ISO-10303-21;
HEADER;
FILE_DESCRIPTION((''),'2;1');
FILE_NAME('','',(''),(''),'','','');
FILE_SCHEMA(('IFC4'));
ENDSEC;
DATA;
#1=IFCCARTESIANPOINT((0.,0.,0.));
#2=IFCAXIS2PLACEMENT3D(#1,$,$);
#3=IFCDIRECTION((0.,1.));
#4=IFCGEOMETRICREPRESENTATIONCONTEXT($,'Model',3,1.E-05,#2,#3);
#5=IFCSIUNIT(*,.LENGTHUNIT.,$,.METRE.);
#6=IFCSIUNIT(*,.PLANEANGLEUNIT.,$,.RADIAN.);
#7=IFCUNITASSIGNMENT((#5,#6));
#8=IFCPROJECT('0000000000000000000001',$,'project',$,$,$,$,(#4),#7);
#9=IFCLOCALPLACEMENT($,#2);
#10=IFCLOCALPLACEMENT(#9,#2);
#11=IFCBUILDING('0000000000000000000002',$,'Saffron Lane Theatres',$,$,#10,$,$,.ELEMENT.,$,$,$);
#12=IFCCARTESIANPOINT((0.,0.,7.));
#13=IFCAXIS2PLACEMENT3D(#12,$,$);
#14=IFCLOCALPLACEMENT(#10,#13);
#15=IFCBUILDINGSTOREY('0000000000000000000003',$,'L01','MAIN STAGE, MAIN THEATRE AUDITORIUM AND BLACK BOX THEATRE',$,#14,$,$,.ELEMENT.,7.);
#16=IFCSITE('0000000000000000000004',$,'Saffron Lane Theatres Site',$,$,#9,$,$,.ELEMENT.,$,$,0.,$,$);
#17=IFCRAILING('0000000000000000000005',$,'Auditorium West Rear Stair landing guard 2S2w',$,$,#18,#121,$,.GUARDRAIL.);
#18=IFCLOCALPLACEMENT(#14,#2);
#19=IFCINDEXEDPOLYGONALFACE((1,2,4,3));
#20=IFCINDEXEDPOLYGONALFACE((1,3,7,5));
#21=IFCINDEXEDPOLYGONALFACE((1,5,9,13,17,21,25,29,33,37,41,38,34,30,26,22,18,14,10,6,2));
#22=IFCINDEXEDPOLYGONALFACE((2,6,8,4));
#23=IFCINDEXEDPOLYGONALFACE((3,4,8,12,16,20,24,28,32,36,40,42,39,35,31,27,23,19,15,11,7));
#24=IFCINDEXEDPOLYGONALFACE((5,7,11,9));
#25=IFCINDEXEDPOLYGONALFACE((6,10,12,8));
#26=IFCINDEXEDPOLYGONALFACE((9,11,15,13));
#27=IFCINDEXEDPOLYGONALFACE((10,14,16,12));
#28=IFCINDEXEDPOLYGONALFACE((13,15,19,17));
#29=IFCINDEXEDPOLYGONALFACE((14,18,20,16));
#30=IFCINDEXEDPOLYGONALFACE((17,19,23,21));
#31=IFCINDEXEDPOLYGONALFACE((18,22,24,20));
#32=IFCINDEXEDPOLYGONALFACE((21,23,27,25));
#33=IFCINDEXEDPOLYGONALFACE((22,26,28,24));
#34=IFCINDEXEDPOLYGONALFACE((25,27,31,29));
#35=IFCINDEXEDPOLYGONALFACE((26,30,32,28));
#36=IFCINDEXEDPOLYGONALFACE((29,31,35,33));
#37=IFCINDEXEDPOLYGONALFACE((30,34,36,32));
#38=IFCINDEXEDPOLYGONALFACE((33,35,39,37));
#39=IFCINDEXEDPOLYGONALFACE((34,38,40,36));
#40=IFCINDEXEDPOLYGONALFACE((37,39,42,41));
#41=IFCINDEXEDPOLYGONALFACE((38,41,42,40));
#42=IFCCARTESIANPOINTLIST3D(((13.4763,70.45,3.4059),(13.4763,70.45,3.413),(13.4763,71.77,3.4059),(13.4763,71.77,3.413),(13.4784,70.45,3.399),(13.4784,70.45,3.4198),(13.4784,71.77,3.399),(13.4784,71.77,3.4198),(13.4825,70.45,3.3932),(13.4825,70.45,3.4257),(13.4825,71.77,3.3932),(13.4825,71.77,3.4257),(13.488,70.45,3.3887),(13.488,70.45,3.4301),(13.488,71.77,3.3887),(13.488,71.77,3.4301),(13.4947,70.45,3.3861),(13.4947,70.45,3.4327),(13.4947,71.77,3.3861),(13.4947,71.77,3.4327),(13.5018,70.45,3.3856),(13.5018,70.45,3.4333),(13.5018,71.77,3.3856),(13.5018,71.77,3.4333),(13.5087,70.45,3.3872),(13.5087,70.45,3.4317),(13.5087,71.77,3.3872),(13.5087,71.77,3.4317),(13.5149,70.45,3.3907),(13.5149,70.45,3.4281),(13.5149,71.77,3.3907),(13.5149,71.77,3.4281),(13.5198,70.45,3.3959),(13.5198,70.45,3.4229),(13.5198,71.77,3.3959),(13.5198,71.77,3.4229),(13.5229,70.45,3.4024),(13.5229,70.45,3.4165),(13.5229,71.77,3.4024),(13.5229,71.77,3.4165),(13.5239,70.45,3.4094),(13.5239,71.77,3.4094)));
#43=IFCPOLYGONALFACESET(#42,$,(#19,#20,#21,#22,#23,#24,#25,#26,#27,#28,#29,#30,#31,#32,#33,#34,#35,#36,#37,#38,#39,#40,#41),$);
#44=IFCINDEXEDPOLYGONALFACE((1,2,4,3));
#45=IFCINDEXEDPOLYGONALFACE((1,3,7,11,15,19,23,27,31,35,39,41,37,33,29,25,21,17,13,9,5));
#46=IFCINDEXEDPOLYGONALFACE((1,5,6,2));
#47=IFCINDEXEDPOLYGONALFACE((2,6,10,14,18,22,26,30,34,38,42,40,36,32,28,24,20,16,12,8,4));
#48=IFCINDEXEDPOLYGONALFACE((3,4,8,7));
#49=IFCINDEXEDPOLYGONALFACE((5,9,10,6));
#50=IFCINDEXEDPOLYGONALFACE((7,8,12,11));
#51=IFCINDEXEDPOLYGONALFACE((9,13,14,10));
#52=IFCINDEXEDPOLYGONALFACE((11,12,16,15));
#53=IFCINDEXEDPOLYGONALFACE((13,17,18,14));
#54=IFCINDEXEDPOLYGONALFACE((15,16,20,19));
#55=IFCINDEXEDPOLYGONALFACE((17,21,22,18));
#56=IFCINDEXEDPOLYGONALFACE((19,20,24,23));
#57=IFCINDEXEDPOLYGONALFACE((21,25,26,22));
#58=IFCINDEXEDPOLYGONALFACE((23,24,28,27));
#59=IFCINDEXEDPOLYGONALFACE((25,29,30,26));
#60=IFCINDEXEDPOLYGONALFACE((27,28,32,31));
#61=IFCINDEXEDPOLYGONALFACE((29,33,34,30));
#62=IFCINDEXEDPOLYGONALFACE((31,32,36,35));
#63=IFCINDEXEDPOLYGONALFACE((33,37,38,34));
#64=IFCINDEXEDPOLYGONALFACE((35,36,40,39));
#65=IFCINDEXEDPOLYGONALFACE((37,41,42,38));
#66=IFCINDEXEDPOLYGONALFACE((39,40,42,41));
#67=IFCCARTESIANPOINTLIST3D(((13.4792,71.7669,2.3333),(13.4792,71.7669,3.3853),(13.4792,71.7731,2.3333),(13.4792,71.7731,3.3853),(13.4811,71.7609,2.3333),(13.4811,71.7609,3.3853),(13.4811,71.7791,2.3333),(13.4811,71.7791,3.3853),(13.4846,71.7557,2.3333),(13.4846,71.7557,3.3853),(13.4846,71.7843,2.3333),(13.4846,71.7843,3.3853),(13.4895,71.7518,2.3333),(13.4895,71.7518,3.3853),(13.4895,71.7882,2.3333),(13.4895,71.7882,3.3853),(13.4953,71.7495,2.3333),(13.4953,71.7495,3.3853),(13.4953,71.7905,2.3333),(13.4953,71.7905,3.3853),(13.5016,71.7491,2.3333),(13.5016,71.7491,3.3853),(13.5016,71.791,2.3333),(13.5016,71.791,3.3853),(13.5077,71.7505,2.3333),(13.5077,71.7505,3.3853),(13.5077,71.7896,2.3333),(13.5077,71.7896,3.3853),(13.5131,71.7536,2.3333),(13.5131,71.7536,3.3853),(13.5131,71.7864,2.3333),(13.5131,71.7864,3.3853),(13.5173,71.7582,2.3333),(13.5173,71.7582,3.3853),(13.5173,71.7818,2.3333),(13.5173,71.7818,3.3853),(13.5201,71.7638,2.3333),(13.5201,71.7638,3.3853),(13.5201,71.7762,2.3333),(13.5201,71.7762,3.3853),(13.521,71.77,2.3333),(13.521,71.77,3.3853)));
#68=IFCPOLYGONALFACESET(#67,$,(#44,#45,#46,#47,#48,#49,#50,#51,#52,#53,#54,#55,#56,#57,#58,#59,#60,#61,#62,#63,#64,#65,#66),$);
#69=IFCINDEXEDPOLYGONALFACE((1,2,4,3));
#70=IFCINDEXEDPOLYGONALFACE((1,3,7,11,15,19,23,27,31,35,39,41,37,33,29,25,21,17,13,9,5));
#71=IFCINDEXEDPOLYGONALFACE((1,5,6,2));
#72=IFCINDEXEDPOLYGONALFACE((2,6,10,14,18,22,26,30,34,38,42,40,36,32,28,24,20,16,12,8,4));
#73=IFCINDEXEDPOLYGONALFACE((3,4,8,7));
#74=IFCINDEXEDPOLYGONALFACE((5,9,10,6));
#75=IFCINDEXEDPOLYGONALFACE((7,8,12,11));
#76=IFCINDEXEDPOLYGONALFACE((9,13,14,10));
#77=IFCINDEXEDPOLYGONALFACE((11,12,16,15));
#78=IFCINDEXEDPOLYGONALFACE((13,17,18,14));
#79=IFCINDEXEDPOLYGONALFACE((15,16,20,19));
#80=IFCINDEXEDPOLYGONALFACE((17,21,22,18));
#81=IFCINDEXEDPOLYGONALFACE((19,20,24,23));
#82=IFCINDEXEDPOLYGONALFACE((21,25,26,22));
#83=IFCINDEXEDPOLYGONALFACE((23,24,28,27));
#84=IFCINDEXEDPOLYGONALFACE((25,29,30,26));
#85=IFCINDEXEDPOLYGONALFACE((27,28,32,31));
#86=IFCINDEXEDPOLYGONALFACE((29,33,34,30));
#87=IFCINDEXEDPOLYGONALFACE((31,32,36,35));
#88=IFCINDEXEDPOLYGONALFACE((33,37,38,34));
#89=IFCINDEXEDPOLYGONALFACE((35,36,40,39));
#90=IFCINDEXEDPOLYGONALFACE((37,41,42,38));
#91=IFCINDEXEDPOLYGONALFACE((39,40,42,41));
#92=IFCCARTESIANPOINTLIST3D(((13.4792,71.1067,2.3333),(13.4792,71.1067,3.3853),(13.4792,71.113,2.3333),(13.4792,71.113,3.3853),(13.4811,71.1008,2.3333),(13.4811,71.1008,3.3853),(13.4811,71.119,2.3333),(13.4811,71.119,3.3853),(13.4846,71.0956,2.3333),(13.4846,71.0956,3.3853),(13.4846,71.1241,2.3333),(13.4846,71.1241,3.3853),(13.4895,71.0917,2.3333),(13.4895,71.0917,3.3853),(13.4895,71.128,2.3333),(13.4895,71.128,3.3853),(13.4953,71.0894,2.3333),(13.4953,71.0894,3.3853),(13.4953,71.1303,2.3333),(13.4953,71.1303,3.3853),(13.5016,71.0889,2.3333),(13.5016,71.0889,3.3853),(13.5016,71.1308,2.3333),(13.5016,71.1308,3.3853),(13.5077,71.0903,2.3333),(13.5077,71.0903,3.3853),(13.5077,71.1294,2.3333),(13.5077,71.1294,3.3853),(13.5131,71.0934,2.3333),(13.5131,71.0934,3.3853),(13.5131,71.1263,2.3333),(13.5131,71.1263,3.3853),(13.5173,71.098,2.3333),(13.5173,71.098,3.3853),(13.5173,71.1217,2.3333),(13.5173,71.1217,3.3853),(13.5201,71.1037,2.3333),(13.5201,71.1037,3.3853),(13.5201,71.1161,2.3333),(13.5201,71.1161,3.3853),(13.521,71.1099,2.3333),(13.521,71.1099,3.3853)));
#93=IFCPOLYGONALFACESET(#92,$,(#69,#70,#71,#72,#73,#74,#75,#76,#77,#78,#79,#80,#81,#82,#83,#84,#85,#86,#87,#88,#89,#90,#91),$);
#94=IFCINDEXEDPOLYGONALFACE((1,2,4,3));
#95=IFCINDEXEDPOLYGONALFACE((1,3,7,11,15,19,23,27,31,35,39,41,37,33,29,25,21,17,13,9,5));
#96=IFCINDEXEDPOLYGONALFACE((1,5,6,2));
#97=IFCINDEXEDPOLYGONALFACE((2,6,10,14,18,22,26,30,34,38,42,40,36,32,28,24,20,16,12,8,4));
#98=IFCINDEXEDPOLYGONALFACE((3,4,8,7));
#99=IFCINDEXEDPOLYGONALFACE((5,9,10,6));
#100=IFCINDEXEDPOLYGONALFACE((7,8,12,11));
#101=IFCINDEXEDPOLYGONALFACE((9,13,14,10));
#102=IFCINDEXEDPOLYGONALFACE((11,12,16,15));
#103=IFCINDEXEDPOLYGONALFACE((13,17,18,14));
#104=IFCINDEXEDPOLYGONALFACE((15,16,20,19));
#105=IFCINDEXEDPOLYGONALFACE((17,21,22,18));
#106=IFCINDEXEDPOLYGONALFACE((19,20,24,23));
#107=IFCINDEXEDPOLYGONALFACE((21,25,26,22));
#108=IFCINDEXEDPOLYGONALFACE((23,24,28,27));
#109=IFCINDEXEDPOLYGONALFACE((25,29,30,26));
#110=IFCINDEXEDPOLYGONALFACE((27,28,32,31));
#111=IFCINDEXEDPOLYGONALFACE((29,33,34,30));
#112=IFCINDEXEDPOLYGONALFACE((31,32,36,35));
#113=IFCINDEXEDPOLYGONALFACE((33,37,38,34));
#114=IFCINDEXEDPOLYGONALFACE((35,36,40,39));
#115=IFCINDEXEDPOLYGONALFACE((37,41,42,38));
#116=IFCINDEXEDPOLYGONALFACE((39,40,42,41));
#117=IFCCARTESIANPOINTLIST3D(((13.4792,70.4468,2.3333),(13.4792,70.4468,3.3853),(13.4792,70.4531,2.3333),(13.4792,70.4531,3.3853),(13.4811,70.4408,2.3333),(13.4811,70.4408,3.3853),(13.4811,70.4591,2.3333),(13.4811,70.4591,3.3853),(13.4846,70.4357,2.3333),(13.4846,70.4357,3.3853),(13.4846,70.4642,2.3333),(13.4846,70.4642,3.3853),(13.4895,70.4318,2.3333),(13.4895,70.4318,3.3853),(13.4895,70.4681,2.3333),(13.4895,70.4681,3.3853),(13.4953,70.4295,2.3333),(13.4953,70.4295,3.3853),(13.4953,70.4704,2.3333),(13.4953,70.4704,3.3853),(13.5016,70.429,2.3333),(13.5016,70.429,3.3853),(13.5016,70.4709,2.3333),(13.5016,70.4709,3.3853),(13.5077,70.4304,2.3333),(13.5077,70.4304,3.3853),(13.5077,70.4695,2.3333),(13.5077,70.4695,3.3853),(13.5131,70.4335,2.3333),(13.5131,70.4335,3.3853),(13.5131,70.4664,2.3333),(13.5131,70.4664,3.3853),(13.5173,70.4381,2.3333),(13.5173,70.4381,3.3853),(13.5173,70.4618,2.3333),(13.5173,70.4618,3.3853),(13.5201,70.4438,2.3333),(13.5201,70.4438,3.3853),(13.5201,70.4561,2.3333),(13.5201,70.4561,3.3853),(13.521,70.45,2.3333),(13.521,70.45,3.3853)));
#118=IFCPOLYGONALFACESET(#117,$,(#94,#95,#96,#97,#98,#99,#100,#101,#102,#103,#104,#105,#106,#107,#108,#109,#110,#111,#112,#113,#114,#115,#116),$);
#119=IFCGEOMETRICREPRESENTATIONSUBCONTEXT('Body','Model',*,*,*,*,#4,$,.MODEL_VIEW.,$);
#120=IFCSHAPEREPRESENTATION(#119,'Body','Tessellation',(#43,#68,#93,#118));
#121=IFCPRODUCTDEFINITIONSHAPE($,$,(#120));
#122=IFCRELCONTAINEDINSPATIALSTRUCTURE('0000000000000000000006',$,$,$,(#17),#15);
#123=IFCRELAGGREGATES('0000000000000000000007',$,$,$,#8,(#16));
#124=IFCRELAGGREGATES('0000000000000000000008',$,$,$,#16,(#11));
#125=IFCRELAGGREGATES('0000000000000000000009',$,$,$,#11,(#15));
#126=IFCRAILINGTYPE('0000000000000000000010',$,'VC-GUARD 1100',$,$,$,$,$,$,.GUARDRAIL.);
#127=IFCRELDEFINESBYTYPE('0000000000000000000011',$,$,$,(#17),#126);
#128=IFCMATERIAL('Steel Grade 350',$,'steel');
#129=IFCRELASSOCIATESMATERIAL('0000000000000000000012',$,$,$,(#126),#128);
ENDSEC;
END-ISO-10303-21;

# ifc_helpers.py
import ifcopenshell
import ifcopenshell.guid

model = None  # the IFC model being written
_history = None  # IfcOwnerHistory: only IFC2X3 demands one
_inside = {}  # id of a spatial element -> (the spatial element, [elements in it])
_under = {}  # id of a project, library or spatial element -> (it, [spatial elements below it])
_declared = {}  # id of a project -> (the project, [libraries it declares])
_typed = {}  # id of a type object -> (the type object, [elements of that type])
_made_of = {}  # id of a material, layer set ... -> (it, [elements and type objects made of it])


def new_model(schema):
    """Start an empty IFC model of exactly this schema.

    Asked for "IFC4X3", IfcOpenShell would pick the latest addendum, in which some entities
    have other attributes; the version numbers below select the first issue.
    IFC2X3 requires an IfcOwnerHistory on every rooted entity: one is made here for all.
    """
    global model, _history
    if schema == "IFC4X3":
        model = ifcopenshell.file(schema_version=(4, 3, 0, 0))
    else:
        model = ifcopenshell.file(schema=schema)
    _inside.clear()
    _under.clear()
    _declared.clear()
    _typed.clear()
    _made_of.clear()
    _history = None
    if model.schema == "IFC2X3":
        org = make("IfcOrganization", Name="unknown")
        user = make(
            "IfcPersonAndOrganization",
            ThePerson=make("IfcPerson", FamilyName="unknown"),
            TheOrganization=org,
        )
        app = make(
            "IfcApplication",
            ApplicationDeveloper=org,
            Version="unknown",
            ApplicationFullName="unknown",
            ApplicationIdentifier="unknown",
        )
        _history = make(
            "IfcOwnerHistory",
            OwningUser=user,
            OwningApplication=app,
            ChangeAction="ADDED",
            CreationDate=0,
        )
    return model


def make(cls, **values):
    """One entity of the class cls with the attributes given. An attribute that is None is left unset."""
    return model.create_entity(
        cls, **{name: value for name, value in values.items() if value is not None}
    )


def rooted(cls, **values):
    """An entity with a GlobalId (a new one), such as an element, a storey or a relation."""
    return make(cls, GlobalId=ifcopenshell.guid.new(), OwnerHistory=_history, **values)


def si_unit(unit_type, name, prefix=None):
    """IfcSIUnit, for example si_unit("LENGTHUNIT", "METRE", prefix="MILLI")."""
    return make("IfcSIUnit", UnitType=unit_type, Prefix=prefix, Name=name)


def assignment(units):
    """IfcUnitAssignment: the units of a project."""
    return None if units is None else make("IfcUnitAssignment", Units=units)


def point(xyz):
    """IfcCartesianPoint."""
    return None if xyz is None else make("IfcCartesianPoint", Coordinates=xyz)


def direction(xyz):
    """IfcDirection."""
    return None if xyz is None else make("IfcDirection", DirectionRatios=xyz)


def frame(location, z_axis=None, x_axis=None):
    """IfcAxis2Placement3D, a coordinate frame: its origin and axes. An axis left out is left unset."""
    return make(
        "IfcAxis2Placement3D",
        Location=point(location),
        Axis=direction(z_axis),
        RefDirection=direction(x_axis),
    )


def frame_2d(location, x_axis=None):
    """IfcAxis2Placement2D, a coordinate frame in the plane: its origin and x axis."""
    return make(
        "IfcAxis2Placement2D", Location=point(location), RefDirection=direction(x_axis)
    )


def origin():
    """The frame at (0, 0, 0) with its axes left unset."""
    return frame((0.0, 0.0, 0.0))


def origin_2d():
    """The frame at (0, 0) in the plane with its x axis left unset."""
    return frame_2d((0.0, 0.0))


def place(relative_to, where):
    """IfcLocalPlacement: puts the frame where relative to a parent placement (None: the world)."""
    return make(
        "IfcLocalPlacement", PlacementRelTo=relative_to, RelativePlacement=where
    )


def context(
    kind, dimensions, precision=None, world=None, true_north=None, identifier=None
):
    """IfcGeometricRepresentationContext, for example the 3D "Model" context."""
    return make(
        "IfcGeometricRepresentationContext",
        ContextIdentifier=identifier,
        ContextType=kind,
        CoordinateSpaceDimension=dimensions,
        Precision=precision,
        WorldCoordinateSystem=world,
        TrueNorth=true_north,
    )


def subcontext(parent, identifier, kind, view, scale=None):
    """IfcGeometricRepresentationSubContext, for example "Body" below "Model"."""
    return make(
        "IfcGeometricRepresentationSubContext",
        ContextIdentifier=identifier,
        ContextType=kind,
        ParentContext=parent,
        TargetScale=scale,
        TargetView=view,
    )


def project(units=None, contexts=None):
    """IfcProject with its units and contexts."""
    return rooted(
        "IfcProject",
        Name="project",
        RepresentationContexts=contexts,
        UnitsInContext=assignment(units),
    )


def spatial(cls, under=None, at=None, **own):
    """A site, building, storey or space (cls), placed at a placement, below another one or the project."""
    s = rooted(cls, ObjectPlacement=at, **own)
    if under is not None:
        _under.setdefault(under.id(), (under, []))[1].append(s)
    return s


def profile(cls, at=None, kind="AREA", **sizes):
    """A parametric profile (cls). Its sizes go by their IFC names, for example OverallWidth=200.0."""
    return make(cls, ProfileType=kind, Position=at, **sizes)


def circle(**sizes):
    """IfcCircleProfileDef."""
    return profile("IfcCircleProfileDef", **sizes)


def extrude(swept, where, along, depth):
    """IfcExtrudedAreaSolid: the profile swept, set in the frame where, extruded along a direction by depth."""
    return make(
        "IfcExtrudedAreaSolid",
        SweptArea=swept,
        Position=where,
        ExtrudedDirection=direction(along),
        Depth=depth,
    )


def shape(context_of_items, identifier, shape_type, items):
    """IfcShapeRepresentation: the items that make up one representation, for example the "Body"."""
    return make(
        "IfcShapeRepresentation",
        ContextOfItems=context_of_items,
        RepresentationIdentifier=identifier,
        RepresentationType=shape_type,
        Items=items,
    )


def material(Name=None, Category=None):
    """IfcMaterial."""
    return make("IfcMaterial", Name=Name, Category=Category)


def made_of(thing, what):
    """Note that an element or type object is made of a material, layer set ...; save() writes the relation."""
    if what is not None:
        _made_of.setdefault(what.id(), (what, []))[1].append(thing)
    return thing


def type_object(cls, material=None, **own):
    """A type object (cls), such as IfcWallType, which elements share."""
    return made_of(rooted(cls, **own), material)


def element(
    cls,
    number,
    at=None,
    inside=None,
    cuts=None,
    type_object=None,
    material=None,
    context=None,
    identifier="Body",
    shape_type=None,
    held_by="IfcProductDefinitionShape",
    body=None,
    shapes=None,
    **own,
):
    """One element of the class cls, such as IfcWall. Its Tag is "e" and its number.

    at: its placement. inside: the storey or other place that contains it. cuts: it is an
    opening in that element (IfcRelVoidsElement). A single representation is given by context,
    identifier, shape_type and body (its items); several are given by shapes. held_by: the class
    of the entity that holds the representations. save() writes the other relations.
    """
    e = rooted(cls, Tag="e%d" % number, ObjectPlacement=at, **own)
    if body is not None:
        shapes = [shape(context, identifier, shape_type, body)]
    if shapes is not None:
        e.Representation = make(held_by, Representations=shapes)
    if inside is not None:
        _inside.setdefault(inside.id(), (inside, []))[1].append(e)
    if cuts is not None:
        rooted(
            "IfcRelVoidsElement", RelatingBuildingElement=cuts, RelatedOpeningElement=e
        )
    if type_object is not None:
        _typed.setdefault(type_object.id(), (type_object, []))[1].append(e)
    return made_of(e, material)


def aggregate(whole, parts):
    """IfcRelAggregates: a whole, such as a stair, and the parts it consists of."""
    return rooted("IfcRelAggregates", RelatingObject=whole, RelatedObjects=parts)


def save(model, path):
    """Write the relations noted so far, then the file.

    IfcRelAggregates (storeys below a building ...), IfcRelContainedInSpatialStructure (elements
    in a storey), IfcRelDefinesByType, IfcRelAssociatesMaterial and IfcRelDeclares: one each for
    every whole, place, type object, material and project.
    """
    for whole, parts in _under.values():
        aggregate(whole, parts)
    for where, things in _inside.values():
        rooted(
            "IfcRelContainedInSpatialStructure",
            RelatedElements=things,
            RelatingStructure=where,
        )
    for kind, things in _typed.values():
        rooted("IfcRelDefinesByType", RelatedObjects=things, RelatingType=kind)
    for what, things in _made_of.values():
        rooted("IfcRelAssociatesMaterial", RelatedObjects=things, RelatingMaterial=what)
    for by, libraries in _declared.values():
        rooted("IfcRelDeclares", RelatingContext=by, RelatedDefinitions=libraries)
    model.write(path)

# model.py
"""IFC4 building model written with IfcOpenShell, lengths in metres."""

from ifc_helpers import new_model, si_unit, direction, frame, origin, origin_2d, place, context, subcontext, project, spatial, circle, extrude, material, type_object, element, save


model = new_model("IFC4")

# Units and contexts
model_context = context("Model", 3, precision=1e-05, world=origin(), true_north=direction((0.0, 1.0)))
body_context = subcontext(model_context, "Body", "Model", "MODEL_VIEW")
ifc_project = project(units=[si_unit("LENGTHUNIT", "METRE"), si_unit("PLANEANGLEUNIT", "RADIAN")], contexts=[model_context])

# Site, building, storey
site_placement = place(None, origin())
site = spatial("IfcSite", under=ifc_project, at=site_placement, Name="Saffron Lane Theatres Site", CompositionType="ELEMENT", RefElevation=0.0)
building_placement = place(site_placement, origin())
building = spatial("IfcBuilding", under=site, at=building_placement, Name="Saffron Lane Theatres", CompositionType="ELEMENT")
storey_placement = place(building_placement, frame((0.0, 0.0, 7.0)))
storey = spatial("IfcBuildingStorey", under=building, at=storey_placement, Name="L01", Description="MAIN STAGE, MAIN THEATRE AUDITORIUM AND BLACK BOX THEATRE", CompositionType="ELEMENT", Elevation=7.0)

# Railing
ifc_material_1 = material(Name="Steel Grade 350", Category="steel")
railing_type_1 = type_object("IfcRailingType", Name="VC-GUARD 1100", PredefinedType="GUARDRAIL", material=ifc_material_1)
railing_1_placement = place(storey_placement, frame((13.5, 71.77, 2.3333)))
element("IfcRailing", 1, at=railing_1_placement, inside=storey, type_object=railing_type_1, Name="Auditorium West Rear Stair landing guard 2S2w", PredefinedType="GUARDRAIL", context=body_context, shape_type="SweptSolid", body=[
    extrude(circle(Radius=0.0239, at=origin_2d()), frame((0.0, 0.0, 1.0762), z_axis=(0.0, -1.0, 0.0), x_axis=(1.0, 0.0, 0.0)), (0.0, 0.0, 1.0), 1.3201),
    extrude(circle(Radius=0.021, at=origin_2d()), origin(), (0.0, 0.0, 1.0), 1.052),
    extrude(circle(Radius=0.021, at=origin_2d()), frame((0.0, -0.6602, 0.0)), (0.0, 0.0, 1.0), 1.052),
    extrude(circle(Radius=0.021, at=origin_2d()), frame((0.0, -1.3201, 0.0)), (0.0, 0.0, 1.0), 1.052),
])

save(model, "model.ifc")
